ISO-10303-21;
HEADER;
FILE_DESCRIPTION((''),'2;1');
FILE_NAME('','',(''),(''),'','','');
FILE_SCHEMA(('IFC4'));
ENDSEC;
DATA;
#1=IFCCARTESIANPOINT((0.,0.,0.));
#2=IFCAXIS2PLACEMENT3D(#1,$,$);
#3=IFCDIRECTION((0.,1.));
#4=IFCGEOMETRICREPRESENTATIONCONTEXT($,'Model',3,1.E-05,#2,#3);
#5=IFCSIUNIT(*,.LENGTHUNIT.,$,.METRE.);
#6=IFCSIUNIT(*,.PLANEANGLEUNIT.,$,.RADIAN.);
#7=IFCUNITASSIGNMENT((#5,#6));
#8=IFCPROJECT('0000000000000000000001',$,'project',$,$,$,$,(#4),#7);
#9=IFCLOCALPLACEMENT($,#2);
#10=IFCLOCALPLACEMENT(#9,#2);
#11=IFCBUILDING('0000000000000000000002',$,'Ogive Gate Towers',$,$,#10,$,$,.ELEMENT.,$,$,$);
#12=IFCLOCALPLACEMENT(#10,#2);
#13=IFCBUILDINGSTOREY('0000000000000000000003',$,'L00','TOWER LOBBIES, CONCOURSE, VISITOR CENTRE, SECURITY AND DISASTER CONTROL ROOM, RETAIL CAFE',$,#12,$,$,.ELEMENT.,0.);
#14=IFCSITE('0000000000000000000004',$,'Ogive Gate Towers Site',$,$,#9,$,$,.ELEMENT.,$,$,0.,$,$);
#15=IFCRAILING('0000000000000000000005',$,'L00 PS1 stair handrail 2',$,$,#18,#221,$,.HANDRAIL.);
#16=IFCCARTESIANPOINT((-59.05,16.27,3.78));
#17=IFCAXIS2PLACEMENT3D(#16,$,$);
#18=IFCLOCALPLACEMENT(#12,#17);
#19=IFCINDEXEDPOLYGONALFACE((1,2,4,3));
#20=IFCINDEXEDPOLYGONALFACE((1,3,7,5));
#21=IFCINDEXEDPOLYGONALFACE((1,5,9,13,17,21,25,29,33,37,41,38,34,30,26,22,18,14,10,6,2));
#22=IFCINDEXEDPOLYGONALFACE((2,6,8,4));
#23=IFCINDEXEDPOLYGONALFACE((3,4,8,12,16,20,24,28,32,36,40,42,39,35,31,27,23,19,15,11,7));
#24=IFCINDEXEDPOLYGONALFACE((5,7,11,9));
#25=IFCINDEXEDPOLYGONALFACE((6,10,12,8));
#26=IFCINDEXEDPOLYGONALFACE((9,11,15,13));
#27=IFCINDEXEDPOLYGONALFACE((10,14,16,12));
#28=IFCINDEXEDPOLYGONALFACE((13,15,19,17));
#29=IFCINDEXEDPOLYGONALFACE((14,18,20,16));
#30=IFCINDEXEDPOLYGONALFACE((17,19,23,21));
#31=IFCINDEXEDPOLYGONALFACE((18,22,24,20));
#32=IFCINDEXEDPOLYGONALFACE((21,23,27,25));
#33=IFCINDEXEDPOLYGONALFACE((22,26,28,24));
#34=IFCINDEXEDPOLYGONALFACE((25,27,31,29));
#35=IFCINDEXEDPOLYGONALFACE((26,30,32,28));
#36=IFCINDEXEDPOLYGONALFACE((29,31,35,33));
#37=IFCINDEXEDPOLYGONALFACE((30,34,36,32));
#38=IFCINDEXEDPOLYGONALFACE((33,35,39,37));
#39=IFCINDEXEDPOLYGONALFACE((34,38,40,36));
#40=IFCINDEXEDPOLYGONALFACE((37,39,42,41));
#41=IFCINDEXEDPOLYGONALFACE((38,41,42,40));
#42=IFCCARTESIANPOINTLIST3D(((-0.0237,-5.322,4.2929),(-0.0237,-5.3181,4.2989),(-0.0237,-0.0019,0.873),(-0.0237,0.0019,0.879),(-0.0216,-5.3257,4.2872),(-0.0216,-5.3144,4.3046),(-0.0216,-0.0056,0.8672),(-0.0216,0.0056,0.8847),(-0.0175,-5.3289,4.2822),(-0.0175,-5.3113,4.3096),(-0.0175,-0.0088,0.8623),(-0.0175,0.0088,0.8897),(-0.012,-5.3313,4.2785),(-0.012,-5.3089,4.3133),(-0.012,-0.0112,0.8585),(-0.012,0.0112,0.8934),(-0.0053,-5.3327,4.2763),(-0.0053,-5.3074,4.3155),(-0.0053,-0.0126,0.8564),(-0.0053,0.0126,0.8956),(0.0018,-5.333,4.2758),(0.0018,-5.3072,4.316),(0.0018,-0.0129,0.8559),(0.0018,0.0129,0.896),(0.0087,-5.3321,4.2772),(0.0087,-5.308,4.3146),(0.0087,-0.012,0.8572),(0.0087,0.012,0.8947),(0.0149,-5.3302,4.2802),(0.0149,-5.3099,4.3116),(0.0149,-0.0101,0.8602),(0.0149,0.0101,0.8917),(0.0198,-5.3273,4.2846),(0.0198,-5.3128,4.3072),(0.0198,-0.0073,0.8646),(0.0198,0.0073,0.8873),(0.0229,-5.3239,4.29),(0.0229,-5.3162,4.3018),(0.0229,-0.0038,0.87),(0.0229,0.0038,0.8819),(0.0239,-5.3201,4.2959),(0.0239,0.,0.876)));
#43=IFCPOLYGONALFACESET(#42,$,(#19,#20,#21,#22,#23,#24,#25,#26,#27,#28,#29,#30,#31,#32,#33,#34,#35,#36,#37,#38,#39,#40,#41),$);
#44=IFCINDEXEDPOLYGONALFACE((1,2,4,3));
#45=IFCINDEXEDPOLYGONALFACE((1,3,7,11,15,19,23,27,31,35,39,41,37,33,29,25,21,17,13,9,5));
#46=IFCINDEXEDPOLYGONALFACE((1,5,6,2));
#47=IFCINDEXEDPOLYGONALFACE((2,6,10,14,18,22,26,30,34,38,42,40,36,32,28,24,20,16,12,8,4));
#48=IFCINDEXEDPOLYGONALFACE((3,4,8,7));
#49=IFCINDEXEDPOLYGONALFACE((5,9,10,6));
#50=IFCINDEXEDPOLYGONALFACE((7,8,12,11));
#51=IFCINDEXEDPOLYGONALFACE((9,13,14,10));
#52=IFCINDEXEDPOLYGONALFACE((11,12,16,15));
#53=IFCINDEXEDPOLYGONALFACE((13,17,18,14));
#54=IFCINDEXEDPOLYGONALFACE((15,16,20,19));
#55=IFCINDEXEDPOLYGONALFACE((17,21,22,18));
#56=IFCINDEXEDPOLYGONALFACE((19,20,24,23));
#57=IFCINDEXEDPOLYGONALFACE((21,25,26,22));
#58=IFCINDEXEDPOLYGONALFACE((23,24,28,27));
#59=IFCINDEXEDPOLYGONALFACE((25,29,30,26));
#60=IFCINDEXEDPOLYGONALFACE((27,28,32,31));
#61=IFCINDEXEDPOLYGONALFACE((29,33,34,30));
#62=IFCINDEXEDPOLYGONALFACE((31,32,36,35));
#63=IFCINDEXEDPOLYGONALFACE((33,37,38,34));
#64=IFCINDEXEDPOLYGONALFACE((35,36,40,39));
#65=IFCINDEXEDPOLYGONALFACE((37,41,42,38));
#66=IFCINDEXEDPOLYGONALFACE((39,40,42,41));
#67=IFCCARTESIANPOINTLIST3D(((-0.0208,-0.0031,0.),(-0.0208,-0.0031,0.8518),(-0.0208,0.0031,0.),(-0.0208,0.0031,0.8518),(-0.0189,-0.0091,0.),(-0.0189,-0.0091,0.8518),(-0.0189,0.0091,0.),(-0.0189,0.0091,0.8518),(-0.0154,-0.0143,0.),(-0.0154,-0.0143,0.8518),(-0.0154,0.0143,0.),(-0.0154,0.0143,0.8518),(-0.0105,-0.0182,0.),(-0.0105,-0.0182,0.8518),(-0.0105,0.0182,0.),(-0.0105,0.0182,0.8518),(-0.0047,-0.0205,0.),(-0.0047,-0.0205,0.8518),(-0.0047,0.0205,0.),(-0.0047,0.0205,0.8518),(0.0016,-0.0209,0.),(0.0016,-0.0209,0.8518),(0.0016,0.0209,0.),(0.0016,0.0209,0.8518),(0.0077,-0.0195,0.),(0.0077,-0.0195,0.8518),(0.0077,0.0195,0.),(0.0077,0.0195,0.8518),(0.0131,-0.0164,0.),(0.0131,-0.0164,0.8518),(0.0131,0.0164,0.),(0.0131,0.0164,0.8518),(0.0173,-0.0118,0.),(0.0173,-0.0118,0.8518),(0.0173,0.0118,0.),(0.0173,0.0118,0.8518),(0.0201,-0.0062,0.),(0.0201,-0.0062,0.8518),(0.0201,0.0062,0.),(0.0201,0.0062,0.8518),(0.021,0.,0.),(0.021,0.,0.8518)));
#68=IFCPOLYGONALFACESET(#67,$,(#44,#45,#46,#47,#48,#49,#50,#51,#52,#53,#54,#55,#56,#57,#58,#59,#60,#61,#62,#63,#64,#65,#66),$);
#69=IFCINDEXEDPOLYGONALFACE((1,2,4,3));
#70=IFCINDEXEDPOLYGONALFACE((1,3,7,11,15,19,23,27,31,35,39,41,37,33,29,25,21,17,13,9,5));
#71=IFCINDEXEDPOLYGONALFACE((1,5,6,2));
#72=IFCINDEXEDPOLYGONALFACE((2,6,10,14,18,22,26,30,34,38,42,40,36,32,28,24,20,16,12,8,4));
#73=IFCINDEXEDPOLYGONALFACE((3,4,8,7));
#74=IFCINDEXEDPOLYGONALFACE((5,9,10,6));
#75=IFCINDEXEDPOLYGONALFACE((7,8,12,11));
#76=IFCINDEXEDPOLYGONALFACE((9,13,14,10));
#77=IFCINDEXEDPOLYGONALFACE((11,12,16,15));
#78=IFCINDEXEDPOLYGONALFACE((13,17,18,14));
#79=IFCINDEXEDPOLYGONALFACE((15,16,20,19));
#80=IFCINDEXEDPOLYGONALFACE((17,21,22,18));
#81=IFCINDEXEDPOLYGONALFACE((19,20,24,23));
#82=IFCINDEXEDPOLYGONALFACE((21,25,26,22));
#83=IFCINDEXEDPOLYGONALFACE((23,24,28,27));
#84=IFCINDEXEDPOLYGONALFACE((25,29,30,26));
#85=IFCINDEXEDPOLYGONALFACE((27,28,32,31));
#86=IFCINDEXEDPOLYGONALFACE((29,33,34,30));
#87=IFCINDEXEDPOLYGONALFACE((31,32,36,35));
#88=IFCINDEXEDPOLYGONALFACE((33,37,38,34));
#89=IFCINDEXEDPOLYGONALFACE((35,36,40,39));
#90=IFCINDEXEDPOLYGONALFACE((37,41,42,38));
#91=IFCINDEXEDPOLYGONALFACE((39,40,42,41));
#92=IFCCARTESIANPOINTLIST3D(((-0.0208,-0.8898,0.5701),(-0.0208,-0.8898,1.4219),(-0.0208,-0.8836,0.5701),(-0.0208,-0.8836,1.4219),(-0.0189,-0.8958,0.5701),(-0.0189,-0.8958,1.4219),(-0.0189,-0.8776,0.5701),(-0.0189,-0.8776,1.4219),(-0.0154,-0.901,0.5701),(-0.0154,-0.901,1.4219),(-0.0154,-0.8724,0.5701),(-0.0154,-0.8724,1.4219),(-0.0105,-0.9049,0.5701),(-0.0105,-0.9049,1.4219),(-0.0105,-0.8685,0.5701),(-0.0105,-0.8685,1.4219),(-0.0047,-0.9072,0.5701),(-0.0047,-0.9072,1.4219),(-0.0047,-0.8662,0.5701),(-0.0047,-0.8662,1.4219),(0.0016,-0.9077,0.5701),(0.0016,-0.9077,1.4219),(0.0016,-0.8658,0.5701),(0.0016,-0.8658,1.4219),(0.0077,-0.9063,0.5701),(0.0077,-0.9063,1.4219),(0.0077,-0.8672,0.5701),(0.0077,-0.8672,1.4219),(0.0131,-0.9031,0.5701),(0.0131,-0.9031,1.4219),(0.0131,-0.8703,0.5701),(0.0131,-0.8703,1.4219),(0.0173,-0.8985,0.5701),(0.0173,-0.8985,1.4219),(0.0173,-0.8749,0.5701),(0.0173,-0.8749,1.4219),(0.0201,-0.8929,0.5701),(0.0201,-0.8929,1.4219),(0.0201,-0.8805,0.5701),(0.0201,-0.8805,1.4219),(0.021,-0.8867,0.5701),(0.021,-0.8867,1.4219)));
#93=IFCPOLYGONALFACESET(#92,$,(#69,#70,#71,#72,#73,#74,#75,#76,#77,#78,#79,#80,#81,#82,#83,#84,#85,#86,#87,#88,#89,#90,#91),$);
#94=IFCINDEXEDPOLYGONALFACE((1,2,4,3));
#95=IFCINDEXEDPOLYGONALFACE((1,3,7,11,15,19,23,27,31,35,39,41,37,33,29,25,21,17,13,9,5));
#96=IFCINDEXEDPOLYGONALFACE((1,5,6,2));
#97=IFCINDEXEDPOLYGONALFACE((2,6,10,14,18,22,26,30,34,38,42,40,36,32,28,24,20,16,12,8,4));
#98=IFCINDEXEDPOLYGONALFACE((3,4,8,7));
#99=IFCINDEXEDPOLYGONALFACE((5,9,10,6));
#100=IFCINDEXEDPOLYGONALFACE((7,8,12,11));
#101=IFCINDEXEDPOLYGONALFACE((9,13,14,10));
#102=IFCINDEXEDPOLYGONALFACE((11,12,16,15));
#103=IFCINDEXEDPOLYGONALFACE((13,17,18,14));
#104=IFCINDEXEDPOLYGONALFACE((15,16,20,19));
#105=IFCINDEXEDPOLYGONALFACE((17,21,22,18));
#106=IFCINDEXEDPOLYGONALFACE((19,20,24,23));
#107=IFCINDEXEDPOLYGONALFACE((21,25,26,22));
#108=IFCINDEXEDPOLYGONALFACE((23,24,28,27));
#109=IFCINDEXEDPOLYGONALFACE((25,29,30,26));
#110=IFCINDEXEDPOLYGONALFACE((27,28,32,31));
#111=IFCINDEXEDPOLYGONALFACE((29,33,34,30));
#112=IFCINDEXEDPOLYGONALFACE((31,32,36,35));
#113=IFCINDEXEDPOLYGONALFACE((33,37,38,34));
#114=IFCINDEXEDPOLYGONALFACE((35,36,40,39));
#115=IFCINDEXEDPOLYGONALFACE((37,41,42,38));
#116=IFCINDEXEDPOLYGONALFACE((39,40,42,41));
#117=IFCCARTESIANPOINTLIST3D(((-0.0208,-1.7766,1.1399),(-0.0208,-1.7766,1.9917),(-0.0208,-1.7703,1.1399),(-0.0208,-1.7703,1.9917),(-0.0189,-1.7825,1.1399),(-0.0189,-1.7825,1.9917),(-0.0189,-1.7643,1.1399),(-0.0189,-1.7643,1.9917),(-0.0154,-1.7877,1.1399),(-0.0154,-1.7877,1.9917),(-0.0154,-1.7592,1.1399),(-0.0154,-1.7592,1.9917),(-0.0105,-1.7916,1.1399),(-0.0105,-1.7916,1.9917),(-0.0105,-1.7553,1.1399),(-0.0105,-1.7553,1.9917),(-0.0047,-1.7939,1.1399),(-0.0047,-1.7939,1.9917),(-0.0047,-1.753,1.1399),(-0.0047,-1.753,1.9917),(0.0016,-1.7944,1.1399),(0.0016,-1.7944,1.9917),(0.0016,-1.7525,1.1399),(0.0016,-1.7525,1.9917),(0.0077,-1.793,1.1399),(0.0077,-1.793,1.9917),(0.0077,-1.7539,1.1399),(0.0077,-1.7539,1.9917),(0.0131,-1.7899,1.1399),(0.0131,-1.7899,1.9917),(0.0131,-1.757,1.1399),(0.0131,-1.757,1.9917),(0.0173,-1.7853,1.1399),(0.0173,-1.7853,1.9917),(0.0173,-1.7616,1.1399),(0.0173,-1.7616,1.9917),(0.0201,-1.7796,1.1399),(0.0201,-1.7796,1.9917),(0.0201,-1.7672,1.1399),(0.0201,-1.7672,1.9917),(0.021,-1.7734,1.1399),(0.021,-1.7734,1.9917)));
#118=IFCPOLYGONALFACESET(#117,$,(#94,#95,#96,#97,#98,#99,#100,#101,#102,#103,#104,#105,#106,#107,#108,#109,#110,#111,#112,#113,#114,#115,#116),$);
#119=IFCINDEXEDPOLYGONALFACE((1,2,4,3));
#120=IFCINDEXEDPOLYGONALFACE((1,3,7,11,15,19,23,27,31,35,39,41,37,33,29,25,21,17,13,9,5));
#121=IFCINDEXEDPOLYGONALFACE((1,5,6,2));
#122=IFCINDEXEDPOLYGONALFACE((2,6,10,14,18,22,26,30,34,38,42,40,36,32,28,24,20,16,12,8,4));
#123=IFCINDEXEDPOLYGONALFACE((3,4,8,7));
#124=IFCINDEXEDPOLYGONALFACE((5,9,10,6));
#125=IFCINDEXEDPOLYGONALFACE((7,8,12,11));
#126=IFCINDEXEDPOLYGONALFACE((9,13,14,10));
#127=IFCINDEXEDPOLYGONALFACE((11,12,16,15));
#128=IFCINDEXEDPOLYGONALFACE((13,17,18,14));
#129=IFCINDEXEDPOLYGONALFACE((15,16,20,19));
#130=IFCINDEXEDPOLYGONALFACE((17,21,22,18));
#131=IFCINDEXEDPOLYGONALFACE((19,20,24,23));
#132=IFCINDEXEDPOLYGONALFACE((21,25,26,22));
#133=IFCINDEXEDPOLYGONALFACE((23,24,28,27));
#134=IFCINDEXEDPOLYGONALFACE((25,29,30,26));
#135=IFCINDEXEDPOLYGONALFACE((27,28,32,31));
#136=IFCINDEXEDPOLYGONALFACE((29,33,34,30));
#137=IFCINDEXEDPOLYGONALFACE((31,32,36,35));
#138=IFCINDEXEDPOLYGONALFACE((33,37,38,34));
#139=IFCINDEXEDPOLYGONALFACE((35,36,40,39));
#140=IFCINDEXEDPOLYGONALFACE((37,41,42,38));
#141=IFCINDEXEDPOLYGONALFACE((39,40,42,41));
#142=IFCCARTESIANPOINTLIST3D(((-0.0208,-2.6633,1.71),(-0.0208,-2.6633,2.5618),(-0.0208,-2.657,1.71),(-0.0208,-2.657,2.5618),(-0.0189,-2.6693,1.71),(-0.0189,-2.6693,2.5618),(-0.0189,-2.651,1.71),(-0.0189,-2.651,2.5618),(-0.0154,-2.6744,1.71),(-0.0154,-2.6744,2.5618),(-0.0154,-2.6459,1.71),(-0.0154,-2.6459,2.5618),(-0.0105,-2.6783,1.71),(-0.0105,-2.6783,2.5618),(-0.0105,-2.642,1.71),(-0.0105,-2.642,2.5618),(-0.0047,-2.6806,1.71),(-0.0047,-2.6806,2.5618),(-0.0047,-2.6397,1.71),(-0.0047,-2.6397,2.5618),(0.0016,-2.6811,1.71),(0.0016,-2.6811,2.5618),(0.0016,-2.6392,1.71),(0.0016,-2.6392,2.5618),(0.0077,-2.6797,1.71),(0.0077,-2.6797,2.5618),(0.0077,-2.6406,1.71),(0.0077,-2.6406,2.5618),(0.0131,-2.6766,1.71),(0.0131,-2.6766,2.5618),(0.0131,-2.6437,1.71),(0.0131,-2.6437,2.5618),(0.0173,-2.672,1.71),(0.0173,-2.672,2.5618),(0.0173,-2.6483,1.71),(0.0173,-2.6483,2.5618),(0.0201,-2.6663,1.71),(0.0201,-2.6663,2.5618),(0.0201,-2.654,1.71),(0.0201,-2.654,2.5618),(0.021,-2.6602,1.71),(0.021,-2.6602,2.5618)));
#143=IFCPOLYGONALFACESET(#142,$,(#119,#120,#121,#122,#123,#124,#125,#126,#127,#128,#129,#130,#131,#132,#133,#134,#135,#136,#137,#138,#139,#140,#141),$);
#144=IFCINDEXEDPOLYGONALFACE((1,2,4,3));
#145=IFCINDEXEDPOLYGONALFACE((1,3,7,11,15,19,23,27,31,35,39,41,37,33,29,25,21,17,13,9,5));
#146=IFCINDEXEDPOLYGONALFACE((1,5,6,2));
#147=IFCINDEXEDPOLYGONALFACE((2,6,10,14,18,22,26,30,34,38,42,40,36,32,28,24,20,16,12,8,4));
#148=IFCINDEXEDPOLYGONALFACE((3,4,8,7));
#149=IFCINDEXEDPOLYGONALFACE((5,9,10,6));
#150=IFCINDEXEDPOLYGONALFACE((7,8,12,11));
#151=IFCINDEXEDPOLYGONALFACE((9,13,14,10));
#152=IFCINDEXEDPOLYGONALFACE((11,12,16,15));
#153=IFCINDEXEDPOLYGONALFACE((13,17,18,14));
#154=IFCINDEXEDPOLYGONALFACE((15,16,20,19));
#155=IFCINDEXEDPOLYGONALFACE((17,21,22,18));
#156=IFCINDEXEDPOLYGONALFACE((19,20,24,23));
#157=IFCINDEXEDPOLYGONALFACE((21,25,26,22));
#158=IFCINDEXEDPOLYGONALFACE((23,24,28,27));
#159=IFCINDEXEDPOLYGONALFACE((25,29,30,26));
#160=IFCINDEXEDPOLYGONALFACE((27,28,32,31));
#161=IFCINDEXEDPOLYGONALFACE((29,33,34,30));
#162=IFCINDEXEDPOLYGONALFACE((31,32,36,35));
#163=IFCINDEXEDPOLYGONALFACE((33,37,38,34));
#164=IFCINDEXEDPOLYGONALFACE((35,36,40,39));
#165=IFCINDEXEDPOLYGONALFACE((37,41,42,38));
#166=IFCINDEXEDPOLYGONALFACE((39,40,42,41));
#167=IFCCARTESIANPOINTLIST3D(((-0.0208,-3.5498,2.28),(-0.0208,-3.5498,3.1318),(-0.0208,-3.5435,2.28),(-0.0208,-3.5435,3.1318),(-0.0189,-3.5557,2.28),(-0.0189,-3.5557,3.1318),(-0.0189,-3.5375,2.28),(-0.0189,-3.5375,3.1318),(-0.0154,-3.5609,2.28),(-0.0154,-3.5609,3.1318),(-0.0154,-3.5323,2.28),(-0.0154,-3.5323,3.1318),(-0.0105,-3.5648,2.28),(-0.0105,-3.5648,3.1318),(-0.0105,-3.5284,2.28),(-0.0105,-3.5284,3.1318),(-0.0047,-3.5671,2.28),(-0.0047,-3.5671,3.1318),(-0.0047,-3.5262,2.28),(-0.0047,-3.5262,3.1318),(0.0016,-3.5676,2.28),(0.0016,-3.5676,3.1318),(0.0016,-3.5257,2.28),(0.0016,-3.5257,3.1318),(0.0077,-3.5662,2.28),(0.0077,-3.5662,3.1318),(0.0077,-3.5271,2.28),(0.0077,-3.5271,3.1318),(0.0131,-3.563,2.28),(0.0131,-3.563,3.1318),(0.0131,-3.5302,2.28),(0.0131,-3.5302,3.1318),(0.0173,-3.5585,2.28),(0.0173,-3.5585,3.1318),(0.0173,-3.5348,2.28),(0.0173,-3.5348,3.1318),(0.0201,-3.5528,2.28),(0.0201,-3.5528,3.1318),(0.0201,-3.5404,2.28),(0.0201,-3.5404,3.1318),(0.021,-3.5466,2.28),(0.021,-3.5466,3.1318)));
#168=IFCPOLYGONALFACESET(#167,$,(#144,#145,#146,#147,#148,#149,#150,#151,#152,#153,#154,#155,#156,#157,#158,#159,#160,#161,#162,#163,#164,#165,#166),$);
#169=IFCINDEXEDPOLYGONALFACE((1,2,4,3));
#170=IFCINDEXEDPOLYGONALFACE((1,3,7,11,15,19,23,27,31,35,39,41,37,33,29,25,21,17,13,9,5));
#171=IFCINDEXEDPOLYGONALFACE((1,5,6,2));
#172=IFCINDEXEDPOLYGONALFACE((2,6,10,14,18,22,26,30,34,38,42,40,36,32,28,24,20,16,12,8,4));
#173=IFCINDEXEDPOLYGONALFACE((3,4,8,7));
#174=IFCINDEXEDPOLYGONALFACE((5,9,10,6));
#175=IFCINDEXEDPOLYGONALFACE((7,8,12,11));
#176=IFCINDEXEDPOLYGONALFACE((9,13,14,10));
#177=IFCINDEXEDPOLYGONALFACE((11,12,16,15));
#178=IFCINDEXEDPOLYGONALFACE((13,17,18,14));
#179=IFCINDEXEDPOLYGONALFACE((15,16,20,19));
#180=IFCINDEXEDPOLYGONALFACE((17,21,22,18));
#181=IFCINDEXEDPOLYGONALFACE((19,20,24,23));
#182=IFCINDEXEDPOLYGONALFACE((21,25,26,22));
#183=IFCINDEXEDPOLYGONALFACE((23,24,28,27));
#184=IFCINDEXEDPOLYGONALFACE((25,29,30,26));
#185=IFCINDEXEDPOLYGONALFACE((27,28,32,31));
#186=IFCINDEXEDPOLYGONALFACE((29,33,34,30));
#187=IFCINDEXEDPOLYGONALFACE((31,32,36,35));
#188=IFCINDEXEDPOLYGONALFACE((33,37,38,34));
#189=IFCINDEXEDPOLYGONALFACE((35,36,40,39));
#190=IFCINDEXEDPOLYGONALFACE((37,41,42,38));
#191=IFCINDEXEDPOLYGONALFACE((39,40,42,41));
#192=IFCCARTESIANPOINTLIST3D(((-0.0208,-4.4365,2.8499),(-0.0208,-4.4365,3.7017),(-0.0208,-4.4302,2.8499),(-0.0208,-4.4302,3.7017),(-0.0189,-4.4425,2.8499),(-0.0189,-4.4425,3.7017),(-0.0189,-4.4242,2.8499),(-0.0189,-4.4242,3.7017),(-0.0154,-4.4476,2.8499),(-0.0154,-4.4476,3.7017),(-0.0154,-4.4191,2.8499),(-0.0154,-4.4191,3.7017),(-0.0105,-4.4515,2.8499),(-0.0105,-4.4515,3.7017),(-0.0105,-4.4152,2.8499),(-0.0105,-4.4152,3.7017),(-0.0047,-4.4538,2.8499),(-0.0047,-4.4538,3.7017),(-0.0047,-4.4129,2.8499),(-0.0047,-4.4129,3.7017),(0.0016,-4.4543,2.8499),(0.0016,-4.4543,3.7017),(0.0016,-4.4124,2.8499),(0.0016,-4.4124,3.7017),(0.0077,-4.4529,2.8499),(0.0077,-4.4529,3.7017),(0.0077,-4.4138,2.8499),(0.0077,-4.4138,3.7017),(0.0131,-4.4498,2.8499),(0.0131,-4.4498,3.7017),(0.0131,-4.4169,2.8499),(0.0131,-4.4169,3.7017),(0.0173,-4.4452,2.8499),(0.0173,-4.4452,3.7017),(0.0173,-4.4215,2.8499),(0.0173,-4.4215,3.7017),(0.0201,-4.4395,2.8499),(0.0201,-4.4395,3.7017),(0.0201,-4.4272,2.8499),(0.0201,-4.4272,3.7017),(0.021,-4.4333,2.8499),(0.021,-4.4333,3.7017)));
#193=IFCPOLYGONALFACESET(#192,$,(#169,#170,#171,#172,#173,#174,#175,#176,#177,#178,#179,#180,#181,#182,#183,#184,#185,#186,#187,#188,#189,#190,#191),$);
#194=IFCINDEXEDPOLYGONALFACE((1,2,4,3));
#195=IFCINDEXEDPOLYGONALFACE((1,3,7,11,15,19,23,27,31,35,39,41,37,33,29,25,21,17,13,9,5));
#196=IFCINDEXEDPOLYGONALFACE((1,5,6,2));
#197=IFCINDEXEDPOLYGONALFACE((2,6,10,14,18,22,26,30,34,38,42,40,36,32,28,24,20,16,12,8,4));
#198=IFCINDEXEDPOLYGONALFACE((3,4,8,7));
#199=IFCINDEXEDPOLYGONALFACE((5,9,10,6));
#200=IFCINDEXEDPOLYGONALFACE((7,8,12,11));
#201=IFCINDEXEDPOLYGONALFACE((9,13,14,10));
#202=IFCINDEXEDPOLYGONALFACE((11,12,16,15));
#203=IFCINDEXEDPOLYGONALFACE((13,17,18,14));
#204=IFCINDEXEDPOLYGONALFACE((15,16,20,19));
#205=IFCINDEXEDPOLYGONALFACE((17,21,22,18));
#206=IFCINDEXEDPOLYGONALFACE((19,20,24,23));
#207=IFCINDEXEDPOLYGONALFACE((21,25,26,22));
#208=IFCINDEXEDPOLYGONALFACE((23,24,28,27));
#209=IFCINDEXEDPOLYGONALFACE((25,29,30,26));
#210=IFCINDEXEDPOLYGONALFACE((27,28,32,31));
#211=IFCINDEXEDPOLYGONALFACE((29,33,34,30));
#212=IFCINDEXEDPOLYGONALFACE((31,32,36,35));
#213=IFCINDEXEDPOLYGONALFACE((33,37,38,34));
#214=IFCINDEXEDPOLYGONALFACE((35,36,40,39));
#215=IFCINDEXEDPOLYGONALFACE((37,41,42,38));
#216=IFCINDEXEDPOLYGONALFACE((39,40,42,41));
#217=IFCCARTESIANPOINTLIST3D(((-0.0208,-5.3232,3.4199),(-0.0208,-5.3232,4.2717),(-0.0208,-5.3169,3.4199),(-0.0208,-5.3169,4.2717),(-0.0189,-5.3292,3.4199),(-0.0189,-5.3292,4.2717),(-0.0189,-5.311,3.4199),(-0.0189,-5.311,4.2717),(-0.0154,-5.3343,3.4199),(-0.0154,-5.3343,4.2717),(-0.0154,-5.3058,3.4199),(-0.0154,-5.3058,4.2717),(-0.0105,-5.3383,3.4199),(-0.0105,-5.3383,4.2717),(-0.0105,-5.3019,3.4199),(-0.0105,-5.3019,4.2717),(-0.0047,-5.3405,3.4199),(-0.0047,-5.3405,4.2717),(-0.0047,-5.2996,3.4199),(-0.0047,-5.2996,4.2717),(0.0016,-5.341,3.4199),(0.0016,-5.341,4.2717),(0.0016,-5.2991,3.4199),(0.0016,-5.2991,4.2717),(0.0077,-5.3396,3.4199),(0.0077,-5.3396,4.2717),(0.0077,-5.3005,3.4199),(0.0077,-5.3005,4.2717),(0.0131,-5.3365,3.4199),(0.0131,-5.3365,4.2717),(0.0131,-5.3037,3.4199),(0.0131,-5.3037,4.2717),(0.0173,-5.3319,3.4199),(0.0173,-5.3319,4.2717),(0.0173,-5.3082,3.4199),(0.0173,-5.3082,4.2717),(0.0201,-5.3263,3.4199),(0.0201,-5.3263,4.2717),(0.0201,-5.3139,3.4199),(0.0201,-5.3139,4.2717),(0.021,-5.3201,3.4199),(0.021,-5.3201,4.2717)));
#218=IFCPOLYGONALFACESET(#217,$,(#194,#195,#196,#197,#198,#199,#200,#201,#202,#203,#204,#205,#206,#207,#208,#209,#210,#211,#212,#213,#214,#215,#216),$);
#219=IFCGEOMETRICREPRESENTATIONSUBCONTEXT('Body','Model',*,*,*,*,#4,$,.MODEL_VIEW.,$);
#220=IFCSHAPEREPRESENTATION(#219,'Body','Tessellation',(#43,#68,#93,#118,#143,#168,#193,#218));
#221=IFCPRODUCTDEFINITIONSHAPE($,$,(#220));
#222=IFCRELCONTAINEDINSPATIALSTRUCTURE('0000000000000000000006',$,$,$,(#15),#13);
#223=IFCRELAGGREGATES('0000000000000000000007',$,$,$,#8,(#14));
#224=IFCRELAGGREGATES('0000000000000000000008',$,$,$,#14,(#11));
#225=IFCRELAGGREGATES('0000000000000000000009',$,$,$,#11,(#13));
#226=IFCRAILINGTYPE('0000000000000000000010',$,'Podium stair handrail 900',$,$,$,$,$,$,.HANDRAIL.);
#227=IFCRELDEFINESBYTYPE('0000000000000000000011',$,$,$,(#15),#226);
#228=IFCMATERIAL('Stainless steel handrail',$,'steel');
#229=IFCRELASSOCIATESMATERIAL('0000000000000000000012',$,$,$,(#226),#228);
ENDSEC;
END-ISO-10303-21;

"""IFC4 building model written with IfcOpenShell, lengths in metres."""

from ifc_helpers import new_model, si_unit, direction, frame, origin, origin_2d, place, context, subcontext, project, spatial, circle, extrude, material, type_object, element, save


model = new_model("IFC4")

# Units and contexts
model_context = context("Model", 3, precision=1e-05, world=origin(), true_north=direction((0.0, 1.0)))
body_context = subcontext(model_context, "Body", "Model", "MODEL_VIEW")
ifc_project = project(units=[si_unit("LENGTHUNIT", "METRE"), si_unit("PLANEANGLEUNIT", "RADIAN")], contexts=[model_context])

# Site, building, storey
site_placement = place(None, origin())
site = spatial("IfcSite", under=ifc_project, at=site_placement, Name="Ogive Gate Towers Site", CompositionType="ELEMENT", RefElevation=0.0)
building_placement = place(site_placement, origin())
building = spatial("IfcBuilding", under=site, at=building_placement, Name="Ogive Gate Towers", CompositionType="ELEMENT")
storey_placement = place(building_placement, origin())
storey = spatial("IfcBuildingStorey", under=building, at=storey_placement, Name="L00", Description="TOWER LOBBIES, CONCOURSE, VISITOR CENTRE, SECURITY AND DISASTER CONTROL ROOM, RETAIL CAFE", CompositionType="ELEMENT", Elevation=0.0)

# Railing
ifc_material_1 = material(Name="Stainless steel handrail", Category="steel")
railing_type_1 = type_object("IfcRailingType", Name="Podium stair handrail 900", PredefinedType="HANDRAIL", material=ifc_material_1)
railing_1_placement = place(storey_placement, frame((-59.05, 16.27, 3.78)))
element("IfcRailing", 1, at=railing_1_placement, inside=storey, type_object=railing_type_1, Name="L00 PS1 stair handrail 2", PredefinedType="HANDRAIL", context=body_context, shape_type="SweptSolid", body=[
    extrude(circle(Radius=0.0239, at=origin_2d()), frame((0.0, 0.0, 0.876), z_axis=(0.0, -0.841187, 0.540744), x_axis=(1.0, 0.0, 0.0)), (0.0, 0.0, 1.0), 6.3245),
    extrude(circle(Radius=0.021, at=origin_2d()), origin(), (0.0, 0.0, 1.0), 0.8518),
    extrude(circle(Radius=0.021, at=origin_2d()), frame((0.0, -0.8867, 0.5701)), (0.0, 0.0, 1.0), 0.8518),
    extrude(circle(Radius=0.021, at=origin_2d()), frame((0.0, -1.7734, 1.1399)), (0.0, 0.0, 1.0), 0.8518),
    extrude(circle(Radius=0.021, at=origin_2d()), frame((0.0, -2.6602, 1.71)), (0.0, 0.0, 1.0), 0.8518),
    extrude(circle(Radius=0.021, at=origin_2d()), frame((0.0, -3.5466, 2.28)), (0.0, 0.0, 1.0), 0.8518),
    extrude(circle(Radius=0.021, at=origin_2d()), frame((0.0, -4.4333, 2.8499)), (0.0, 0.0, 1.0), 0.8518),
    extrude(circle(Radius=0.021, at=origin_2d()), frame((0.0, -5.3201, 3.4199)), (0.0, 0.0, 1.0), 0.8518),
])

save(model, "model.ifc")
